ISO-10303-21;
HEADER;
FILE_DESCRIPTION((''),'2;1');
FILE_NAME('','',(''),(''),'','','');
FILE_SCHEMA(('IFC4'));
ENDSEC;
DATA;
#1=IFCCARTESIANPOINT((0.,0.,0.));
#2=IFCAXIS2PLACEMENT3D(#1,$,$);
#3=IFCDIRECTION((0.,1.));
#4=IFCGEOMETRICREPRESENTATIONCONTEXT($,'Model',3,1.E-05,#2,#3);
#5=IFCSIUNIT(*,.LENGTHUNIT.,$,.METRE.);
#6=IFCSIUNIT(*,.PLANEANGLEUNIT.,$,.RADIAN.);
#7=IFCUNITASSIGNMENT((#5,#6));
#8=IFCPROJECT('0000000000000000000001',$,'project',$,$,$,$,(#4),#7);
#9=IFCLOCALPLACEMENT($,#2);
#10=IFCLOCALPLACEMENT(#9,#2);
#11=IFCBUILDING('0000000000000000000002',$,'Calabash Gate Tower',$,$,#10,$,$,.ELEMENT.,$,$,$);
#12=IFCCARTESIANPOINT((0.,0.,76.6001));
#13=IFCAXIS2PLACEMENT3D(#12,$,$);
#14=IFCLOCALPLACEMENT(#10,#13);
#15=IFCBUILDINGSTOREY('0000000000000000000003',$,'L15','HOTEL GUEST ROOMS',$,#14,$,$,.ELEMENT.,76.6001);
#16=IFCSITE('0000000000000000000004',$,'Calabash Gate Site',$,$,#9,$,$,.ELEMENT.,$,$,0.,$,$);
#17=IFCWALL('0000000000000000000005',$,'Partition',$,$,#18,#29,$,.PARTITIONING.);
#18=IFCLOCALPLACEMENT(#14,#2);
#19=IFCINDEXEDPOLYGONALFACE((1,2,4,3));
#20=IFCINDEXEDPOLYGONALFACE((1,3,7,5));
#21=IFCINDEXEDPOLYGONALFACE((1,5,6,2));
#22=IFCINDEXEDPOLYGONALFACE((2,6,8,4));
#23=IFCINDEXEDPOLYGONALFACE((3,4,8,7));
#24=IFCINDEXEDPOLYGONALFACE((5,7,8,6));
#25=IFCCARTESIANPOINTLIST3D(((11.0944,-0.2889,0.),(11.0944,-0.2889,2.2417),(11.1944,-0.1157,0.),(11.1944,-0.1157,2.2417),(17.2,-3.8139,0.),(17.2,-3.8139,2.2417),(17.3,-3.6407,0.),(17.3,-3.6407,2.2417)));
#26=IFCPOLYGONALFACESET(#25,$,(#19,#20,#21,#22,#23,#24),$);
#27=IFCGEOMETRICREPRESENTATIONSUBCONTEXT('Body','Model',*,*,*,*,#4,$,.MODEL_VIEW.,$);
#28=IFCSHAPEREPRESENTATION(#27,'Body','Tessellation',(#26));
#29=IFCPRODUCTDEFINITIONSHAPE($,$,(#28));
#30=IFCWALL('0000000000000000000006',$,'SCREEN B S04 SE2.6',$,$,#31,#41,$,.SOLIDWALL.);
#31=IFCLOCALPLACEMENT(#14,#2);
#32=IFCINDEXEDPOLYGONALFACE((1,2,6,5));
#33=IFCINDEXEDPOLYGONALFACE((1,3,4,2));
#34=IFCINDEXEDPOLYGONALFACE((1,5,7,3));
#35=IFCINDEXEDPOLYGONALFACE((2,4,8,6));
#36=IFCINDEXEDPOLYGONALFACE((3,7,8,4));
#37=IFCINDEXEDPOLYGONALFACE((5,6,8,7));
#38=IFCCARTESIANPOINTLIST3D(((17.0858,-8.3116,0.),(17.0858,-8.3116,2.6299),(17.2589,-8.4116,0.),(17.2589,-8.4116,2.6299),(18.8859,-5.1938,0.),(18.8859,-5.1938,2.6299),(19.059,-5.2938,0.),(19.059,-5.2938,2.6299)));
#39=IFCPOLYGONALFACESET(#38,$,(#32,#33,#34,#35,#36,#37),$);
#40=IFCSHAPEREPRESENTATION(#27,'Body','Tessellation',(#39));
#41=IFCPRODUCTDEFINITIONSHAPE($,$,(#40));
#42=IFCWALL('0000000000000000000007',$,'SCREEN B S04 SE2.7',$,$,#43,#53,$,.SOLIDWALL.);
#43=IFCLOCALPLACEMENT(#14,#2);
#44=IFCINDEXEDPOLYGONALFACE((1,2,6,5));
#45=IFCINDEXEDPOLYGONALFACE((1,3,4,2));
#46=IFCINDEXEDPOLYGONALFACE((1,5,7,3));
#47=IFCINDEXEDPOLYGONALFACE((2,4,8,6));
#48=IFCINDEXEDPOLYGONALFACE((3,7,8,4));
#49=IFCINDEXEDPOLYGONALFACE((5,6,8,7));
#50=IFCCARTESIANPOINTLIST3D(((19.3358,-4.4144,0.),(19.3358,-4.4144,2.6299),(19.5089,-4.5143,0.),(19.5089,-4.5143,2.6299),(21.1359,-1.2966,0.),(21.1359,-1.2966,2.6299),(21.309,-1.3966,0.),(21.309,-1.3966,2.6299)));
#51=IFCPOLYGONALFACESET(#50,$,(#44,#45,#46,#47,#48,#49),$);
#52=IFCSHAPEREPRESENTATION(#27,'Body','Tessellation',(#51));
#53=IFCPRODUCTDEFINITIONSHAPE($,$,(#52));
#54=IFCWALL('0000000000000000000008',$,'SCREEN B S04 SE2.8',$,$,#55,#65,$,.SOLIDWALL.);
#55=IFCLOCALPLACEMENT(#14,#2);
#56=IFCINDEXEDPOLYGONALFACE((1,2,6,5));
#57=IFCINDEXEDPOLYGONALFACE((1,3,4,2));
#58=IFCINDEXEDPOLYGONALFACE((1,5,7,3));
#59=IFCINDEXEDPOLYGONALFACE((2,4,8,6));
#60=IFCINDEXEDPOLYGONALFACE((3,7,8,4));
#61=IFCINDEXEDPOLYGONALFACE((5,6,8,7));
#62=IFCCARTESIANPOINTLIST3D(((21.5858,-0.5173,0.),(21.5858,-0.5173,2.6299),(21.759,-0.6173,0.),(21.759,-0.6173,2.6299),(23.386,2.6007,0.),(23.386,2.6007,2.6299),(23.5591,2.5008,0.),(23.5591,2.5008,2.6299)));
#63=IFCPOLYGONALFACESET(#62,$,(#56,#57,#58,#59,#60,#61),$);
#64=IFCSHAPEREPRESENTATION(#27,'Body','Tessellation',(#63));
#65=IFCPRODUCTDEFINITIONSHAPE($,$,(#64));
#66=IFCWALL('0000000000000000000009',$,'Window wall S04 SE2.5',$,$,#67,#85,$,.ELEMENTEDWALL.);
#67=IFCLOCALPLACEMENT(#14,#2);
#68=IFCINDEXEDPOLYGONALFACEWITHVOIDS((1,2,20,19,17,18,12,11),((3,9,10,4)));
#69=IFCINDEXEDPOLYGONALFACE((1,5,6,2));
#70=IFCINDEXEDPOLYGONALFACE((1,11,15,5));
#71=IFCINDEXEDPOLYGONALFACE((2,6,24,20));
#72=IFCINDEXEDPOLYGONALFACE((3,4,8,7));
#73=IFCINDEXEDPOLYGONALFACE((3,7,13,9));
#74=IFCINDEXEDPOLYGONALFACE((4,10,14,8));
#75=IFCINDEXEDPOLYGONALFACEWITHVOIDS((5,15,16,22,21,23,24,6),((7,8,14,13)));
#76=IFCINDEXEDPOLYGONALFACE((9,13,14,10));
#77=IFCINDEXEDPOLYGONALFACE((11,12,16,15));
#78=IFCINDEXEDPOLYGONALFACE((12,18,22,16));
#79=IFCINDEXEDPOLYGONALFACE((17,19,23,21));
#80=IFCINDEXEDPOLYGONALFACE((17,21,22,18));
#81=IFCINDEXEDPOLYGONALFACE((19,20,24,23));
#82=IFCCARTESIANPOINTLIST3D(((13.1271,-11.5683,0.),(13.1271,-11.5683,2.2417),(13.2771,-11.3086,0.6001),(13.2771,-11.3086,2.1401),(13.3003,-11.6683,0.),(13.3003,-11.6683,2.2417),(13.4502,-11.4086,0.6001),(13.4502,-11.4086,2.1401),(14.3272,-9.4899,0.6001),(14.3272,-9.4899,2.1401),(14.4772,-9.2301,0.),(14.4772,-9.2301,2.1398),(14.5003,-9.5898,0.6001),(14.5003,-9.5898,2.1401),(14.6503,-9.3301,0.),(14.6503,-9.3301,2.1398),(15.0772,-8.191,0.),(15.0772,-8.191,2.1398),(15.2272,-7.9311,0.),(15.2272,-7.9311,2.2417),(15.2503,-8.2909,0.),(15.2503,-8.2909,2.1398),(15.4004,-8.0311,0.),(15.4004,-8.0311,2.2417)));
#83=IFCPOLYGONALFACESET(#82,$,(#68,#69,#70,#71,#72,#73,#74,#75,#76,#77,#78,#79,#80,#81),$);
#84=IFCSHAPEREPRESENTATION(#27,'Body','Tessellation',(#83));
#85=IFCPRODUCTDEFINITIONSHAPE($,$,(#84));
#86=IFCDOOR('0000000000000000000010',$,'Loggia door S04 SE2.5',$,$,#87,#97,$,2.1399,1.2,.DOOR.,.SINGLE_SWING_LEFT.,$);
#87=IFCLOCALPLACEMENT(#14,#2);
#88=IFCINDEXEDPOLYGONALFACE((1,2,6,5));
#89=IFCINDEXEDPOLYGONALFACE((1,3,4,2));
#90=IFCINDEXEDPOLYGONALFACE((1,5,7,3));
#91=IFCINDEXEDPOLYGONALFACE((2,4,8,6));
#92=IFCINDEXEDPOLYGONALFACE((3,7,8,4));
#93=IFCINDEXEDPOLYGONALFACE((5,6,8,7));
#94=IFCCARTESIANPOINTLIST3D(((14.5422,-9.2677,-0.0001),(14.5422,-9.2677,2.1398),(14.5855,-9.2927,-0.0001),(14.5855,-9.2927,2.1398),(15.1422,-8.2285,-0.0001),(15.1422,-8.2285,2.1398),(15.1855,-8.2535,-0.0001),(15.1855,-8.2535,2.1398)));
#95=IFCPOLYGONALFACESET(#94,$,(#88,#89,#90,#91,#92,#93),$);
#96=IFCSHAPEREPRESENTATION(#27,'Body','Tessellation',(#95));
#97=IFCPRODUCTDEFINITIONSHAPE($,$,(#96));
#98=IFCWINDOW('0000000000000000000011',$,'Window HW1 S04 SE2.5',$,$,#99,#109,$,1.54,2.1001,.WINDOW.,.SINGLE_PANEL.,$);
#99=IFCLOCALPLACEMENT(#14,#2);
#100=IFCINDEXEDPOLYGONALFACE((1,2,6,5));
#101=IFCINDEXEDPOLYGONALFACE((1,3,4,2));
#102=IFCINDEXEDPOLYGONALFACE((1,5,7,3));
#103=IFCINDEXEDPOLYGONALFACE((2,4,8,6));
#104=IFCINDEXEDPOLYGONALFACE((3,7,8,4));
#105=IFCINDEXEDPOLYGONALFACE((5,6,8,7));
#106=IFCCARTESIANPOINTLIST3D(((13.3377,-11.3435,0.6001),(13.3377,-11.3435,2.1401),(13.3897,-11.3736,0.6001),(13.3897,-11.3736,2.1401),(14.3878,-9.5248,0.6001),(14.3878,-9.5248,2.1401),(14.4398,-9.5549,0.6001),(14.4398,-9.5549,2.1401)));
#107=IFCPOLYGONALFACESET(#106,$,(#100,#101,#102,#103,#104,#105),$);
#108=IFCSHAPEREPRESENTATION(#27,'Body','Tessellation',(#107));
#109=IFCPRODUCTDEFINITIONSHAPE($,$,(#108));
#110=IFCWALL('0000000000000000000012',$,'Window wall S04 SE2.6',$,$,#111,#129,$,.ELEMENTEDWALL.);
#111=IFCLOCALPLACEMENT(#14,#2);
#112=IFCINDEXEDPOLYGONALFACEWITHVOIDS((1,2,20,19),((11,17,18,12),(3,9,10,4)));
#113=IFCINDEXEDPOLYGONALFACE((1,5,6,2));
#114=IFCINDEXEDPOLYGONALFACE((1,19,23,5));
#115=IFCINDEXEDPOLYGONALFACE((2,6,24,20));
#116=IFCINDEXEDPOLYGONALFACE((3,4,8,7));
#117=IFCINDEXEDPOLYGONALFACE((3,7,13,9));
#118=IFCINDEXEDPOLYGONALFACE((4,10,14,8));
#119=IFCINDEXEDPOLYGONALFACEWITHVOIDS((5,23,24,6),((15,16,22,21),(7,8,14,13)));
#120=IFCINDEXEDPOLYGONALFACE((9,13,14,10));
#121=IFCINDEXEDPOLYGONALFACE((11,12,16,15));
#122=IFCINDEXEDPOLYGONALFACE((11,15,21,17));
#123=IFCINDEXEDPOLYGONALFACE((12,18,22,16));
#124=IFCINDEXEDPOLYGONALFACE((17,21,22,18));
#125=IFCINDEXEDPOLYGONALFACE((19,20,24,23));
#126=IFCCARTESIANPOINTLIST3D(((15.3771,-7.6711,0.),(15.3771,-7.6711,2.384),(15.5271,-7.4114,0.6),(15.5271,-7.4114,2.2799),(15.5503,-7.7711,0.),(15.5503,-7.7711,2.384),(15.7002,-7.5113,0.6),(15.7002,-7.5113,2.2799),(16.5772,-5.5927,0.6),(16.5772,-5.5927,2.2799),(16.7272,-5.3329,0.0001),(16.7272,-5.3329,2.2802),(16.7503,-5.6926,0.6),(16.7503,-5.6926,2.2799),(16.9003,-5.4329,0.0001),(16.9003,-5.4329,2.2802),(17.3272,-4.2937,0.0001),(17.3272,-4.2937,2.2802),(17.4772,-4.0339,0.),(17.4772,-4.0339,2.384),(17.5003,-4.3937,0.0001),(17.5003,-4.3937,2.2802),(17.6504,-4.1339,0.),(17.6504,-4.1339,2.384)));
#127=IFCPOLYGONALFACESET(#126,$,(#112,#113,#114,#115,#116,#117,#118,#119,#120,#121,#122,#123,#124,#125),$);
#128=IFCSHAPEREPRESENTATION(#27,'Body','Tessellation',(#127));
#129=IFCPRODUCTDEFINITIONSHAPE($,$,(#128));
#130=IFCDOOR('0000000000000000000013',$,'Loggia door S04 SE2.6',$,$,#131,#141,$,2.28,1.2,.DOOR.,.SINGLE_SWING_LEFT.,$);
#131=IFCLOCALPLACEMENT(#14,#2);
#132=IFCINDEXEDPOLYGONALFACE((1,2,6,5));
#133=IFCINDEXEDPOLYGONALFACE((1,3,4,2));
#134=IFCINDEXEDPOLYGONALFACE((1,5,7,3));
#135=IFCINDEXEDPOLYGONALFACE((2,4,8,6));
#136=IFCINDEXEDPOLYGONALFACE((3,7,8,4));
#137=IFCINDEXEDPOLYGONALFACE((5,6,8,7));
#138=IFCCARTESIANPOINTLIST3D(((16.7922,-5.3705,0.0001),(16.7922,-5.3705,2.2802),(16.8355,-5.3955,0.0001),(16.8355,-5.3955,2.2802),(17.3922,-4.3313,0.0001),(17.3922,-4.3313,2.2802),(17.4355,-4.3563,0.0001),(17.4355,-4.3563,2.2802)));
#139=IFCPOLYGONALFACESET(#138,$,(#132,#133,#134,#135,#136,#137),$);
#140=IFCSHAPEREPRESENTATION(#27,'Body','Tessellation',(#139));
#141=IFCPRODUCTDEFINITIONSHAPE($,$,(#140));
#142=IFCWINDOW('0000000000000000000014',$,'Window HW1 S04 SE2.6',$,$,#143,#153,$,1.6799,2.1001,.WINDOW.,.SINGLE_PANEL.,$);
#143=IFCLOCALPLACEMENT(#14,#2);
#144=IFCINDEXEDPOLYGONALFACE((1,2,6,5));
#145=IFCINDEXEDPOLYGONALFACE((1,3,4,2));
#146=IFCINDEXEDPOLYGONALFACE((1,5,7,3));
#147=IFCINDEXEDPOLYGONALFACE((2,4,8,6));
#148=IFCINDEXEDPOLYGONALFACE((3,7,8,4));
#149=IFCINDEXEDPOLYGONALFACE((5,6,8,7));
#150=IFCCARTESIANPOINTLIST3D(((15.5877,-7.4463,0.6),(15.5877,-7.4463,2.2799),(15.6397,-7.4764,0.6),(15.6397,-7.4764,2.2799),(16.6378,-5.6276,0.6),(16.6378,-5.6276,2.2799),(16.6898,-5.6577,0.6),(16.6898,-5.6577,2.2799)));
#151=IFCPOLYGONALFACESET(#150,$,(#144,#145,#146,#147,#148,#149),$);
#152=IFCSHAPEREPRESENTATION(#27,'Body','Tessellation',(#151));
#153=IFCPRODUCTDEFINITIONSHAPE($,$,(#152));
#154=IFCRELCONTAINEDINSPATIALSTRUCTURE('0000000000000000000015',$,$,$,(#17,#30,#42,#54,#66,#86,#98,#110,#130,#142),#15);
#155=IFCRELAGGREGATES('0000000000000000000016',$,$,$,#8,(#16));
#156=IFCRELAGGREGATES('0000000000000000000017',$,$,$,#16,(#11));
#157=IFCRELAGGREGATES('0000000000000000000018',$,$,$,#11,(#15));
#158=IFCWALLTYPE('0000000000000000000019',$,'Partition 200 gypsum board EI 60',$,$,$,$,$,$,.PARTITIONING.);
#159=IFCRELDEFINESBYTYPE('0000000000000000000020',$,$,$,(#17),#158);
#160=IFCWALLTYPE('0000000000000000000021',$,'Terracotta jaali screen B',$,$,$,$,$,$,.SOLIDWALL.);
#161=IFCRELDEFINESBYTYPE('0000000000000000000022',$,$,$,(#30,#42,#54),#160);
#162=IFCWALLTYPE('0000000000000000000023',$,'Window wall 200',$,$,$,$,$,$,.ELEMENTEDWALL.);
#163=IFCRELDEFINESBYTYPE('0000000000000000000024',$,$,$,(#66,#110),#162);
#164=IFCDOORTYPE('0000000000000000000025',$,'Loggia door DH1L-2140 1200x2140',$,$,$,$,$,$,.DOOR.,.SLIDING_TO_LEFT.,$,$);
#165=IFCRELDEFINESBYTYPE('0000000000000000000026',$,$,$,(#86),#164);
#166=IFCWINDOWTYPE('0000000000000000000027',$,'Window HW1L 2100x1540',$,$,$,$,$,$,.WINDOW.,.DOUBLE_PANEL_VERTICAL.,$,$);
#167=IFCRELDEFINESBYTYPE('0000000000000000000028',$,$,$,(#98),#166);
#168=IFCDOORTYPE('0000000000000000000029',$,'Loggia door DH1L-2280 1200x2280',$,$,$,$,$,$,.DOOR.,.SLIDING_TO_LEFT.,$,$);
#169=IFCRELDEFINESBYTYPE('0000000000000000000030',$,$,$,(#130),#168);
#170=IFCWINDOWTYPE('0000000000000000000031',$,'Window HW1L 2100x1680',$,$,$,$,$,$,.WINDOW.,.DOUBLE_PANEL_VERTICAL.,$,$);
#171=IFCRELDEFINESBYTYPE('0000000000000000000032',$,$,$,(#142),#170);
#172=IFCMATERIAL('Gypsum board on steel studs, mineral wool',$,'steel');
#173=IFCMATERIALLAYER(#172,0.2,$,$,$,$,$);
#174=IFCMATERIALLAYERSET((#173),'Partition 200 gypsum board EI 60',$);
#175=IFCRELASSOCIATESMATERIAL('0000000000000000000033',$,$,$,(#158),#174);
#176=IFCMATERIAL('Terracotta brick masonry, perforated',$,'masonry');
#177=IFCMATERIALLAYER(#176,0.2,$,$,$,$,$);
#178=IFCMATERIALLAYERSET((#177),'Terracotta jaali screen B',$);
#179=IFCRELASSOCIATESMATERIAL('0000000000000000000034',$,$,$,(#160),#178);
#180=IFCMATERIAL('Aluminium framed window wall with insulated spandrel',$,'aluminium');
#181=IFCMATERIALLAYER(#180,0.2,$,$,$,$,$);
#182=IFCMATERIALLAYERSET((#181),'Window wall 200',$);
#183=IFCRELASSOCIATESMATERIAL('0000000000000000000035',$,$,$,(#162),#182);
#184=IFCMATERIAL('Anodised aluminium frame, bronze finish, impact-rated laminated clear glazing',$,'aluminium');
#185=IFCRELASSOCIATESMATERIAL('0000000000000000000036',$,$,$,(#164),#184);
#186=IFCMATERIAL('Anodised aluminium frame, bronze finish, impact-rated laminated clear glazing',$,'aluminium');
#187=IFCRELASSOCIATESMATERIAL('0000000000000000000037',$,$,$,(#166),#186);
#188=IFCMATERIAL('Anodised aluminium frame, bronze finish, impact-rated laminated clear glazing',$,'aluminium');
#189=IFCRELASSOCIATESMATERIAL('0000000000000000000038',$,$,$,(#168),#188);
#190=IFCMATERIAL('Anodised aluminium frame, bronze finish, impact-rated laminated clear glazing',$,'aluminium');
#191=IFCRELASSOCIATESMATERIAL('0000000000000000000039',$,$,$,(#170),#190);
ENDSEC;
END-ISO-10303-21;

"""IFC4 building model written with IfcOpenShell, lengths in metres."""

from ifc_helpers import new_model, si_unit, direction, frame, frame_2d, origin, place, context, subcontext, project, spatial, rectangle, extrude, material, layer, layer_set, type_object, element, fill, save


model = new_model("IFC4")

# Units and contexts
model_context = context("Model", 3, precision=1e-05, world=origin(), true_north=direction((0.0, 1.0)))
body_context = subcontext(model_context, "Body", "Model", "MODEL_VIEW")
ifc_project = project(units=[si_unit("LENGTHUNIT", "METRE"), si_unit("PLANEANGLEUNIT", "RADIAN")], contexts=[model_context])

# Site, building, storey
site_placement = place(None, origin())
site = spatial("IfcSite", under=ifc_project, at=site_placement, Name="Calabash Gate Site", CompositionType="ELEMENT", RefElevation=0.0)
building_placement = place(site_placement, origin())
building = spatial("IfcBuilding", under=site, at=building_placement, Name="Calabash Gate Tower", CompositionType="ELEMENT")
storey_placement = place(building_placement, frame((0.0, 0.0, 76.6001)))
storey = spatial("IfcBuildingStorey", under=building, at=storey_placement, Name="L15", Description="HOTEL GUEST ROOMS", CompositionType="ELEMENT", Elevation=76.6001)

# Walls
ifc_material_1 = material(Name="Gypsum board on steel studs, mineral wool", Category="steel")
ifc_layer_1 = layer(ifc_material_1, 0.2)
ifc_layer_set_1 = layer_set([ifc_layer_1], Name="Partition 200 gypsum board EI 60")
wall_type_1 = type_object("IfcWallType", Name="Partition 200 gypsum board EI 60", PredefinedType="PARTITIONING", material=ifc_layer_set_1)
wall_1_placement = place(storey_placement, frame((11.1445, -0.2024, 0.0), z_axis=(0.0, 0.0, 1.0), x_axis=(0.866031, -0.49999, 0.0)))
element("IfcWall", 1, at=wall_1_placement, inside=storey, type_object=wall_type_1, Name="Partition", PredefinedType="PARTITIONING", context=body_context, shape_type="SweptSolid", body=[
    extrude(rectangle(XDim=7.05, YDim=0.2, at=frame_2d((3.5249, 0.0))), origin(), (0.0, 0.0, 1.0), 2.2417),
])
ifc_material_2 = material(Name="Terracotta brick masonry, perforated", Category="masonry")
ifc_layer_2 = layer(ifc_material_2, 0.2)
ifc_layer_set_2 = layer_set([ifc_layer_2], Name="Terracotta jaali screen B")
wall_type_2 = type_object("IfcWallType", Name="Terracotta jaali screen B", PredefinedType="SOLIDWALL", material=ifc_layer_set_2)
for number, where, z_axis, x_axis, name in (
    (2, (17.1724, -8.3616, 0.0), (0.0, 0.0, 1.0), (0.500012, 0.866018, 0.0), "SCREEN B S04 SE2.6"),
    (3, (19.4224, -4.4644, 0.0), (0.0, 0.0, 1.0), (0.500012, 0.866018, 0.0), "SCREEN B S04 SE2.7"),
):
    element("IfcWall", number, at=place(storey_placement, frame(where, z_axis=z_axis, x_axis=x_axis)), inside=storey, type_object=wall_type_2, Name=name, PredefinedType="SOLIDWALL", context=body_context, shape_type="SweptSolid", body=[
        extrude(rectangle(XDim=3.6001, YDim=0.2, at=frame_2d((1.8, 0.0))), origin(), (0.0, 0.0, 1.0), 2.6299),
    ])
wall_2_placement = place(storey_placement, frame((21.6724, -0.5674, 0.0), z_axis=(0.0, 0.0, 1.0), x_axis=(0.499983, 0.866035, 0.0)))
element("IfcWall", 4, at=wall_2_placement, inside=storey, type_object=wall_type_2, Name="SCREEN B S04 SE2.8", PredefinedType="SOLIDWALL", context=body_context, shape_type="SweptSolid", body=[
    extrude(rectangle(XDim=3.6003, YDim=0.2, at=frame_2d((1.8003, 0.0))), origin(), (0.0, 0.0, 1.0), 2.6299),
])

# Walls, openings, doors, windows
ifc_material_3 = material(Name="Aluminium framed window wall with insulated spandrel", Category="aluminium")
ifc_layer_3 = layer(ifc_material_3, 0.2)
ifc_layer_set_3 = layer_set([ifc_layer_3], Name="Window wall 200")
wall_type_3 = type_object("IfcWallType", Name="Window wall 200", PredefinedType="ELEMENTEDWALL", material=ifc_layer_set_3)
wall_3_placement = place(storey_placement, frame((13.2136, -11.6184, 0.0), z_axis=(0.0, 0.0, 1.0), x_axis=(0.500028, 0.866009, 0.0)))
wall_3 = element("IfcWall", 5, at=wall_3_placement, inside=storey, type_object=wall_type_3, Name="Window wall S04 SE2.5", PredefinedType="ELEMENTEDWALL", context=body_context, shape_type="SweptSolid", body=[
    extrude(rectangle(XDim=4.2, YDim=0.2, at=frame_2d((2.1001, 0.0))), origin(), (0.0, 0.0, 1.0), 2.2417),
])
opening_1_placement = place(wall_3_placement, frame((0.3, 0.0, 0.6001)))
opening_1 = element("IfcOpeningElement", 6, at=opening_1_placement, cuts=wall_3, PredefinedType="OPENING", context=body_context, shape_type="SweptSolid", body=[
    extrude(rectangle(XDim=2.1001, YDim=1.54, at=frame_2d((1.05, 0.77))), frame((0.0, 0.1099, 0.0), z_axis=(0.0, -1.0, 0.0), x_axis=(1.0, 0.0, 0.0)), (0.0, 0.0, 1.0), 0.22),
])
opening_2_placement = place(wall_3_placement, frame((2.7, 0.0, 0.0)))
opening_2 = element("IfcOpeningElement", 7, at=opening_2_placement, cuts=wall_3, PredefinedType="OPENING", context=body_context, shape_type="SweptSolid", body=[
    extrude(rectangle(XDim=1.2, YDim=2.1399, at=frame_2d((0.6001, 1.0698))), frame((0.0, 0.1099, 0.0), z_axis=(0.0, -1.0, 0.0), x_axis=(1.0, 0.0, 0.0)), (0.0, 0.0, 1.0), 0.22),
])
ifc_material_4 = material(Name="Anodised aluminium frame, bronze finish, impact-rated laminated clear glazing", Category="aluminium")
door_type_1 = type_object("IfcDoorType", Name="Loggia door DH1L-2140 1200x2140", OperationType="SLIDING_TO_LEFT", PredefinedType="DOOR", material=ifc_material_4)
door_1_placement = place(opening_2_placement, origin())
door_1 = element("IfcDoor", 8, at=door_1_placement, inside=storey, type_object=door_type_1, Name="Loggia door S04 SE2.5", OperationType="SINGLE_SWING_LEFT", OverallHeight=2.1399, OverallWidth=1.2, PredefinedType="DOOR", context=body_context, shape_type="SweptSolid", body=[
    extrude(rectangle(XDim=1.2, YDim=2.1399, at=frame_2d((0.6001, 1.0698))), frame((0.0, 0.0249, 0.0), z_axis=(0.0, -1.0, 0.0), x_axis=(1.0, 0.0, 0.0)), (0.0, 0.0, 1.0), 0.05),
])
fill(opening_2, door_1)
ifc_material_5 = material(Name="Anodised aluminium frame, bronze finish, impact-rated laminated clear glazing", Category="aluminium")
window_type_1 = type_object("IfcWindowType", Name="Window HW1L 2100x1540", PartitioningType="DOUBLE_PANEL_VERTICAL", PredefinedType="WINDOW", material=ifc_material_5)
window_1_placement = place(opening_1_placement, origin())
window_1 = element("IfcWindow", 9, at=window_1_placement, inside=storey, type_object=window_type_1, Name="Window HW1 S04 SE2.5", OverallHeight=1.54, OverallWidth=2.1001, PartitioningType="SINGLE_PANEL", PredefinedType="WINDOW", context=body_context, shape_type="SweptSolid", body=[
    extrude(rectangle(XDim=2.1001, YDim=1.54, at=frame_2d((1.05, 0.77))), frame((0.0, 0.03, 0.0), z_axis=(0.0, -1.0, 0.0), x_axis=(1.0, 0.0, 0.0)), (0.0, 0.0, 1.0), 0.0601),
])
fill(opening_1, window_1)
wall_4_placement = place(storey_placement, frame((15.4636, -7.7212, 0.0), z_axis=(0.0, 0.0, 1.0), x_axis=(0.500028, 0.866009, 0.0)))
wall_4 = element("IfcWall", 10, at=wall_4_placement, inside=storey, type_object=wall_type_3, Name="Window wall S04 SE2.6", PredefinedType="ELEMENTEDWALL", context=body_context, shape_type="SweptSolid", body=[
    extrude(rectangle(XDim=4.2, YDim=0.2, at=frame_2d((2.1001, 0.0))), origin(), (0.0, 0.0, 1.0), 2.384),
])
opening_3_placement = place(wall_4_placement, frame((0.3, 0.0, 0.6001)))
opening_3 = element("IfcOpeningElement", 11, at=opening_3_placement, cuts=wall_4, PredefinedType="OPENING", context=body_context, shape_type="SweptSolid", body=[
    extrude(rectangle(XDim=2.1001, YDim=1.6799, at=frame_2d((1.05, 0.8398))), frame((0.0, 0.1099, 0.0), z_axis=(0.0, -1.0, 0.0), x_axis=(1.0, 0.0, 0.0)), (0.0, 0.0, 1.0), 0.22),
])
opening_4_placement = place(wall_4_placement, frame((2.7, 0.0, 0.0)))
opening_4 = element("IfcOpeningElement", 12, at=opening_4_placement, cuts=wall_4, PredefinedType="OPENING", context=body_context, shape_type="SweptSolid", body=[
    extrude(rectangle(XDim=1.2, YDim=2.28, at=frame_2d((0.6001, 1.1401))), frame((0.0, 0.1099, 0.0), z_axis=(0.0, -1.0, 0.0), x_axis=(1.0, 0.0, 0.0)), (0.0, 0.0, 1.0), 0.22),
])
ifc_material_6 = material(Name="Anodised aluminium frame, bronze finish, impact-rated laminated clear glazing", Category="aluminium")
door_type_2 = type_object("IfcDoorType", Name="Loggia door DH1L-2280 1200x2280", OperationType="SLIDING_TO_LEFT", PredefinedType="DOOR", material=ifc_material_6)
door_2_placement = place(opening_4_placement, origin())
door_2 = element("IfcDoor", 13, at=door_2_placement, inside=storey, type_object=door_type_2, Name="Loggia door S04 SE2.6", OperationType="SINGLE_SWING_LEFT", OverallHeight=2.28, OverallWidth=1.2, PredefinedType="DOOR", context=body_context, shape_type="SweptSolid", body=[
    extrude(rectangle(XDim=1.2, YDim=2.28, at=frame_2d((0.6001, 1.1401))), frame((0.0, 0.0249, 0.0), z_axis=(0.0, -1.0, 0.0), x_axis=(1.0, 0.0, 0.0)), (0.0, 0.0, 1.0), 0.05),
])
fill(opening_4, door_2)
ifc_material_7 = material(Name="Anodised aluminium frame, bronze finish, impact-rated laminated clear glazing", Category="aluminium")
window_type_2 = type_object("IfcWindowType", Name="Window HW1L 2100x1680", PartitioningType="DOUBLE_PANEL_VERTICAL", PredefinedType="WINDOW", material=ifc_material_7)
window_2_placement = place(opening_3_placement, origin())
window_2 = element("IfcWindow", 14, at=window_2_placement, inside=storey, type_object=window_type_2, Name="Window HW1 S04 SE2.6", OverallHeight=1.6799, OverallWidth=2.1001, PartitioningType="SINGLE_PANEL", PredefinedType="WINDOW", context=body_context, shape_type="SweptSolid", body=[
    extrude(rectangle(XDim=2.1001, YDim=1.6799, at=frame_2d((1.05, 0.8398))), frame((0.0, 0.03, 0.0), z_axis=(0.0, -1.0, 0.0), x_axis=(1.0, 0.0, 0.0)), (0.0, 0.0, 1.0), 0.0601),
])
fill(opening_3, window_2)

save(model, "model.ifc")
